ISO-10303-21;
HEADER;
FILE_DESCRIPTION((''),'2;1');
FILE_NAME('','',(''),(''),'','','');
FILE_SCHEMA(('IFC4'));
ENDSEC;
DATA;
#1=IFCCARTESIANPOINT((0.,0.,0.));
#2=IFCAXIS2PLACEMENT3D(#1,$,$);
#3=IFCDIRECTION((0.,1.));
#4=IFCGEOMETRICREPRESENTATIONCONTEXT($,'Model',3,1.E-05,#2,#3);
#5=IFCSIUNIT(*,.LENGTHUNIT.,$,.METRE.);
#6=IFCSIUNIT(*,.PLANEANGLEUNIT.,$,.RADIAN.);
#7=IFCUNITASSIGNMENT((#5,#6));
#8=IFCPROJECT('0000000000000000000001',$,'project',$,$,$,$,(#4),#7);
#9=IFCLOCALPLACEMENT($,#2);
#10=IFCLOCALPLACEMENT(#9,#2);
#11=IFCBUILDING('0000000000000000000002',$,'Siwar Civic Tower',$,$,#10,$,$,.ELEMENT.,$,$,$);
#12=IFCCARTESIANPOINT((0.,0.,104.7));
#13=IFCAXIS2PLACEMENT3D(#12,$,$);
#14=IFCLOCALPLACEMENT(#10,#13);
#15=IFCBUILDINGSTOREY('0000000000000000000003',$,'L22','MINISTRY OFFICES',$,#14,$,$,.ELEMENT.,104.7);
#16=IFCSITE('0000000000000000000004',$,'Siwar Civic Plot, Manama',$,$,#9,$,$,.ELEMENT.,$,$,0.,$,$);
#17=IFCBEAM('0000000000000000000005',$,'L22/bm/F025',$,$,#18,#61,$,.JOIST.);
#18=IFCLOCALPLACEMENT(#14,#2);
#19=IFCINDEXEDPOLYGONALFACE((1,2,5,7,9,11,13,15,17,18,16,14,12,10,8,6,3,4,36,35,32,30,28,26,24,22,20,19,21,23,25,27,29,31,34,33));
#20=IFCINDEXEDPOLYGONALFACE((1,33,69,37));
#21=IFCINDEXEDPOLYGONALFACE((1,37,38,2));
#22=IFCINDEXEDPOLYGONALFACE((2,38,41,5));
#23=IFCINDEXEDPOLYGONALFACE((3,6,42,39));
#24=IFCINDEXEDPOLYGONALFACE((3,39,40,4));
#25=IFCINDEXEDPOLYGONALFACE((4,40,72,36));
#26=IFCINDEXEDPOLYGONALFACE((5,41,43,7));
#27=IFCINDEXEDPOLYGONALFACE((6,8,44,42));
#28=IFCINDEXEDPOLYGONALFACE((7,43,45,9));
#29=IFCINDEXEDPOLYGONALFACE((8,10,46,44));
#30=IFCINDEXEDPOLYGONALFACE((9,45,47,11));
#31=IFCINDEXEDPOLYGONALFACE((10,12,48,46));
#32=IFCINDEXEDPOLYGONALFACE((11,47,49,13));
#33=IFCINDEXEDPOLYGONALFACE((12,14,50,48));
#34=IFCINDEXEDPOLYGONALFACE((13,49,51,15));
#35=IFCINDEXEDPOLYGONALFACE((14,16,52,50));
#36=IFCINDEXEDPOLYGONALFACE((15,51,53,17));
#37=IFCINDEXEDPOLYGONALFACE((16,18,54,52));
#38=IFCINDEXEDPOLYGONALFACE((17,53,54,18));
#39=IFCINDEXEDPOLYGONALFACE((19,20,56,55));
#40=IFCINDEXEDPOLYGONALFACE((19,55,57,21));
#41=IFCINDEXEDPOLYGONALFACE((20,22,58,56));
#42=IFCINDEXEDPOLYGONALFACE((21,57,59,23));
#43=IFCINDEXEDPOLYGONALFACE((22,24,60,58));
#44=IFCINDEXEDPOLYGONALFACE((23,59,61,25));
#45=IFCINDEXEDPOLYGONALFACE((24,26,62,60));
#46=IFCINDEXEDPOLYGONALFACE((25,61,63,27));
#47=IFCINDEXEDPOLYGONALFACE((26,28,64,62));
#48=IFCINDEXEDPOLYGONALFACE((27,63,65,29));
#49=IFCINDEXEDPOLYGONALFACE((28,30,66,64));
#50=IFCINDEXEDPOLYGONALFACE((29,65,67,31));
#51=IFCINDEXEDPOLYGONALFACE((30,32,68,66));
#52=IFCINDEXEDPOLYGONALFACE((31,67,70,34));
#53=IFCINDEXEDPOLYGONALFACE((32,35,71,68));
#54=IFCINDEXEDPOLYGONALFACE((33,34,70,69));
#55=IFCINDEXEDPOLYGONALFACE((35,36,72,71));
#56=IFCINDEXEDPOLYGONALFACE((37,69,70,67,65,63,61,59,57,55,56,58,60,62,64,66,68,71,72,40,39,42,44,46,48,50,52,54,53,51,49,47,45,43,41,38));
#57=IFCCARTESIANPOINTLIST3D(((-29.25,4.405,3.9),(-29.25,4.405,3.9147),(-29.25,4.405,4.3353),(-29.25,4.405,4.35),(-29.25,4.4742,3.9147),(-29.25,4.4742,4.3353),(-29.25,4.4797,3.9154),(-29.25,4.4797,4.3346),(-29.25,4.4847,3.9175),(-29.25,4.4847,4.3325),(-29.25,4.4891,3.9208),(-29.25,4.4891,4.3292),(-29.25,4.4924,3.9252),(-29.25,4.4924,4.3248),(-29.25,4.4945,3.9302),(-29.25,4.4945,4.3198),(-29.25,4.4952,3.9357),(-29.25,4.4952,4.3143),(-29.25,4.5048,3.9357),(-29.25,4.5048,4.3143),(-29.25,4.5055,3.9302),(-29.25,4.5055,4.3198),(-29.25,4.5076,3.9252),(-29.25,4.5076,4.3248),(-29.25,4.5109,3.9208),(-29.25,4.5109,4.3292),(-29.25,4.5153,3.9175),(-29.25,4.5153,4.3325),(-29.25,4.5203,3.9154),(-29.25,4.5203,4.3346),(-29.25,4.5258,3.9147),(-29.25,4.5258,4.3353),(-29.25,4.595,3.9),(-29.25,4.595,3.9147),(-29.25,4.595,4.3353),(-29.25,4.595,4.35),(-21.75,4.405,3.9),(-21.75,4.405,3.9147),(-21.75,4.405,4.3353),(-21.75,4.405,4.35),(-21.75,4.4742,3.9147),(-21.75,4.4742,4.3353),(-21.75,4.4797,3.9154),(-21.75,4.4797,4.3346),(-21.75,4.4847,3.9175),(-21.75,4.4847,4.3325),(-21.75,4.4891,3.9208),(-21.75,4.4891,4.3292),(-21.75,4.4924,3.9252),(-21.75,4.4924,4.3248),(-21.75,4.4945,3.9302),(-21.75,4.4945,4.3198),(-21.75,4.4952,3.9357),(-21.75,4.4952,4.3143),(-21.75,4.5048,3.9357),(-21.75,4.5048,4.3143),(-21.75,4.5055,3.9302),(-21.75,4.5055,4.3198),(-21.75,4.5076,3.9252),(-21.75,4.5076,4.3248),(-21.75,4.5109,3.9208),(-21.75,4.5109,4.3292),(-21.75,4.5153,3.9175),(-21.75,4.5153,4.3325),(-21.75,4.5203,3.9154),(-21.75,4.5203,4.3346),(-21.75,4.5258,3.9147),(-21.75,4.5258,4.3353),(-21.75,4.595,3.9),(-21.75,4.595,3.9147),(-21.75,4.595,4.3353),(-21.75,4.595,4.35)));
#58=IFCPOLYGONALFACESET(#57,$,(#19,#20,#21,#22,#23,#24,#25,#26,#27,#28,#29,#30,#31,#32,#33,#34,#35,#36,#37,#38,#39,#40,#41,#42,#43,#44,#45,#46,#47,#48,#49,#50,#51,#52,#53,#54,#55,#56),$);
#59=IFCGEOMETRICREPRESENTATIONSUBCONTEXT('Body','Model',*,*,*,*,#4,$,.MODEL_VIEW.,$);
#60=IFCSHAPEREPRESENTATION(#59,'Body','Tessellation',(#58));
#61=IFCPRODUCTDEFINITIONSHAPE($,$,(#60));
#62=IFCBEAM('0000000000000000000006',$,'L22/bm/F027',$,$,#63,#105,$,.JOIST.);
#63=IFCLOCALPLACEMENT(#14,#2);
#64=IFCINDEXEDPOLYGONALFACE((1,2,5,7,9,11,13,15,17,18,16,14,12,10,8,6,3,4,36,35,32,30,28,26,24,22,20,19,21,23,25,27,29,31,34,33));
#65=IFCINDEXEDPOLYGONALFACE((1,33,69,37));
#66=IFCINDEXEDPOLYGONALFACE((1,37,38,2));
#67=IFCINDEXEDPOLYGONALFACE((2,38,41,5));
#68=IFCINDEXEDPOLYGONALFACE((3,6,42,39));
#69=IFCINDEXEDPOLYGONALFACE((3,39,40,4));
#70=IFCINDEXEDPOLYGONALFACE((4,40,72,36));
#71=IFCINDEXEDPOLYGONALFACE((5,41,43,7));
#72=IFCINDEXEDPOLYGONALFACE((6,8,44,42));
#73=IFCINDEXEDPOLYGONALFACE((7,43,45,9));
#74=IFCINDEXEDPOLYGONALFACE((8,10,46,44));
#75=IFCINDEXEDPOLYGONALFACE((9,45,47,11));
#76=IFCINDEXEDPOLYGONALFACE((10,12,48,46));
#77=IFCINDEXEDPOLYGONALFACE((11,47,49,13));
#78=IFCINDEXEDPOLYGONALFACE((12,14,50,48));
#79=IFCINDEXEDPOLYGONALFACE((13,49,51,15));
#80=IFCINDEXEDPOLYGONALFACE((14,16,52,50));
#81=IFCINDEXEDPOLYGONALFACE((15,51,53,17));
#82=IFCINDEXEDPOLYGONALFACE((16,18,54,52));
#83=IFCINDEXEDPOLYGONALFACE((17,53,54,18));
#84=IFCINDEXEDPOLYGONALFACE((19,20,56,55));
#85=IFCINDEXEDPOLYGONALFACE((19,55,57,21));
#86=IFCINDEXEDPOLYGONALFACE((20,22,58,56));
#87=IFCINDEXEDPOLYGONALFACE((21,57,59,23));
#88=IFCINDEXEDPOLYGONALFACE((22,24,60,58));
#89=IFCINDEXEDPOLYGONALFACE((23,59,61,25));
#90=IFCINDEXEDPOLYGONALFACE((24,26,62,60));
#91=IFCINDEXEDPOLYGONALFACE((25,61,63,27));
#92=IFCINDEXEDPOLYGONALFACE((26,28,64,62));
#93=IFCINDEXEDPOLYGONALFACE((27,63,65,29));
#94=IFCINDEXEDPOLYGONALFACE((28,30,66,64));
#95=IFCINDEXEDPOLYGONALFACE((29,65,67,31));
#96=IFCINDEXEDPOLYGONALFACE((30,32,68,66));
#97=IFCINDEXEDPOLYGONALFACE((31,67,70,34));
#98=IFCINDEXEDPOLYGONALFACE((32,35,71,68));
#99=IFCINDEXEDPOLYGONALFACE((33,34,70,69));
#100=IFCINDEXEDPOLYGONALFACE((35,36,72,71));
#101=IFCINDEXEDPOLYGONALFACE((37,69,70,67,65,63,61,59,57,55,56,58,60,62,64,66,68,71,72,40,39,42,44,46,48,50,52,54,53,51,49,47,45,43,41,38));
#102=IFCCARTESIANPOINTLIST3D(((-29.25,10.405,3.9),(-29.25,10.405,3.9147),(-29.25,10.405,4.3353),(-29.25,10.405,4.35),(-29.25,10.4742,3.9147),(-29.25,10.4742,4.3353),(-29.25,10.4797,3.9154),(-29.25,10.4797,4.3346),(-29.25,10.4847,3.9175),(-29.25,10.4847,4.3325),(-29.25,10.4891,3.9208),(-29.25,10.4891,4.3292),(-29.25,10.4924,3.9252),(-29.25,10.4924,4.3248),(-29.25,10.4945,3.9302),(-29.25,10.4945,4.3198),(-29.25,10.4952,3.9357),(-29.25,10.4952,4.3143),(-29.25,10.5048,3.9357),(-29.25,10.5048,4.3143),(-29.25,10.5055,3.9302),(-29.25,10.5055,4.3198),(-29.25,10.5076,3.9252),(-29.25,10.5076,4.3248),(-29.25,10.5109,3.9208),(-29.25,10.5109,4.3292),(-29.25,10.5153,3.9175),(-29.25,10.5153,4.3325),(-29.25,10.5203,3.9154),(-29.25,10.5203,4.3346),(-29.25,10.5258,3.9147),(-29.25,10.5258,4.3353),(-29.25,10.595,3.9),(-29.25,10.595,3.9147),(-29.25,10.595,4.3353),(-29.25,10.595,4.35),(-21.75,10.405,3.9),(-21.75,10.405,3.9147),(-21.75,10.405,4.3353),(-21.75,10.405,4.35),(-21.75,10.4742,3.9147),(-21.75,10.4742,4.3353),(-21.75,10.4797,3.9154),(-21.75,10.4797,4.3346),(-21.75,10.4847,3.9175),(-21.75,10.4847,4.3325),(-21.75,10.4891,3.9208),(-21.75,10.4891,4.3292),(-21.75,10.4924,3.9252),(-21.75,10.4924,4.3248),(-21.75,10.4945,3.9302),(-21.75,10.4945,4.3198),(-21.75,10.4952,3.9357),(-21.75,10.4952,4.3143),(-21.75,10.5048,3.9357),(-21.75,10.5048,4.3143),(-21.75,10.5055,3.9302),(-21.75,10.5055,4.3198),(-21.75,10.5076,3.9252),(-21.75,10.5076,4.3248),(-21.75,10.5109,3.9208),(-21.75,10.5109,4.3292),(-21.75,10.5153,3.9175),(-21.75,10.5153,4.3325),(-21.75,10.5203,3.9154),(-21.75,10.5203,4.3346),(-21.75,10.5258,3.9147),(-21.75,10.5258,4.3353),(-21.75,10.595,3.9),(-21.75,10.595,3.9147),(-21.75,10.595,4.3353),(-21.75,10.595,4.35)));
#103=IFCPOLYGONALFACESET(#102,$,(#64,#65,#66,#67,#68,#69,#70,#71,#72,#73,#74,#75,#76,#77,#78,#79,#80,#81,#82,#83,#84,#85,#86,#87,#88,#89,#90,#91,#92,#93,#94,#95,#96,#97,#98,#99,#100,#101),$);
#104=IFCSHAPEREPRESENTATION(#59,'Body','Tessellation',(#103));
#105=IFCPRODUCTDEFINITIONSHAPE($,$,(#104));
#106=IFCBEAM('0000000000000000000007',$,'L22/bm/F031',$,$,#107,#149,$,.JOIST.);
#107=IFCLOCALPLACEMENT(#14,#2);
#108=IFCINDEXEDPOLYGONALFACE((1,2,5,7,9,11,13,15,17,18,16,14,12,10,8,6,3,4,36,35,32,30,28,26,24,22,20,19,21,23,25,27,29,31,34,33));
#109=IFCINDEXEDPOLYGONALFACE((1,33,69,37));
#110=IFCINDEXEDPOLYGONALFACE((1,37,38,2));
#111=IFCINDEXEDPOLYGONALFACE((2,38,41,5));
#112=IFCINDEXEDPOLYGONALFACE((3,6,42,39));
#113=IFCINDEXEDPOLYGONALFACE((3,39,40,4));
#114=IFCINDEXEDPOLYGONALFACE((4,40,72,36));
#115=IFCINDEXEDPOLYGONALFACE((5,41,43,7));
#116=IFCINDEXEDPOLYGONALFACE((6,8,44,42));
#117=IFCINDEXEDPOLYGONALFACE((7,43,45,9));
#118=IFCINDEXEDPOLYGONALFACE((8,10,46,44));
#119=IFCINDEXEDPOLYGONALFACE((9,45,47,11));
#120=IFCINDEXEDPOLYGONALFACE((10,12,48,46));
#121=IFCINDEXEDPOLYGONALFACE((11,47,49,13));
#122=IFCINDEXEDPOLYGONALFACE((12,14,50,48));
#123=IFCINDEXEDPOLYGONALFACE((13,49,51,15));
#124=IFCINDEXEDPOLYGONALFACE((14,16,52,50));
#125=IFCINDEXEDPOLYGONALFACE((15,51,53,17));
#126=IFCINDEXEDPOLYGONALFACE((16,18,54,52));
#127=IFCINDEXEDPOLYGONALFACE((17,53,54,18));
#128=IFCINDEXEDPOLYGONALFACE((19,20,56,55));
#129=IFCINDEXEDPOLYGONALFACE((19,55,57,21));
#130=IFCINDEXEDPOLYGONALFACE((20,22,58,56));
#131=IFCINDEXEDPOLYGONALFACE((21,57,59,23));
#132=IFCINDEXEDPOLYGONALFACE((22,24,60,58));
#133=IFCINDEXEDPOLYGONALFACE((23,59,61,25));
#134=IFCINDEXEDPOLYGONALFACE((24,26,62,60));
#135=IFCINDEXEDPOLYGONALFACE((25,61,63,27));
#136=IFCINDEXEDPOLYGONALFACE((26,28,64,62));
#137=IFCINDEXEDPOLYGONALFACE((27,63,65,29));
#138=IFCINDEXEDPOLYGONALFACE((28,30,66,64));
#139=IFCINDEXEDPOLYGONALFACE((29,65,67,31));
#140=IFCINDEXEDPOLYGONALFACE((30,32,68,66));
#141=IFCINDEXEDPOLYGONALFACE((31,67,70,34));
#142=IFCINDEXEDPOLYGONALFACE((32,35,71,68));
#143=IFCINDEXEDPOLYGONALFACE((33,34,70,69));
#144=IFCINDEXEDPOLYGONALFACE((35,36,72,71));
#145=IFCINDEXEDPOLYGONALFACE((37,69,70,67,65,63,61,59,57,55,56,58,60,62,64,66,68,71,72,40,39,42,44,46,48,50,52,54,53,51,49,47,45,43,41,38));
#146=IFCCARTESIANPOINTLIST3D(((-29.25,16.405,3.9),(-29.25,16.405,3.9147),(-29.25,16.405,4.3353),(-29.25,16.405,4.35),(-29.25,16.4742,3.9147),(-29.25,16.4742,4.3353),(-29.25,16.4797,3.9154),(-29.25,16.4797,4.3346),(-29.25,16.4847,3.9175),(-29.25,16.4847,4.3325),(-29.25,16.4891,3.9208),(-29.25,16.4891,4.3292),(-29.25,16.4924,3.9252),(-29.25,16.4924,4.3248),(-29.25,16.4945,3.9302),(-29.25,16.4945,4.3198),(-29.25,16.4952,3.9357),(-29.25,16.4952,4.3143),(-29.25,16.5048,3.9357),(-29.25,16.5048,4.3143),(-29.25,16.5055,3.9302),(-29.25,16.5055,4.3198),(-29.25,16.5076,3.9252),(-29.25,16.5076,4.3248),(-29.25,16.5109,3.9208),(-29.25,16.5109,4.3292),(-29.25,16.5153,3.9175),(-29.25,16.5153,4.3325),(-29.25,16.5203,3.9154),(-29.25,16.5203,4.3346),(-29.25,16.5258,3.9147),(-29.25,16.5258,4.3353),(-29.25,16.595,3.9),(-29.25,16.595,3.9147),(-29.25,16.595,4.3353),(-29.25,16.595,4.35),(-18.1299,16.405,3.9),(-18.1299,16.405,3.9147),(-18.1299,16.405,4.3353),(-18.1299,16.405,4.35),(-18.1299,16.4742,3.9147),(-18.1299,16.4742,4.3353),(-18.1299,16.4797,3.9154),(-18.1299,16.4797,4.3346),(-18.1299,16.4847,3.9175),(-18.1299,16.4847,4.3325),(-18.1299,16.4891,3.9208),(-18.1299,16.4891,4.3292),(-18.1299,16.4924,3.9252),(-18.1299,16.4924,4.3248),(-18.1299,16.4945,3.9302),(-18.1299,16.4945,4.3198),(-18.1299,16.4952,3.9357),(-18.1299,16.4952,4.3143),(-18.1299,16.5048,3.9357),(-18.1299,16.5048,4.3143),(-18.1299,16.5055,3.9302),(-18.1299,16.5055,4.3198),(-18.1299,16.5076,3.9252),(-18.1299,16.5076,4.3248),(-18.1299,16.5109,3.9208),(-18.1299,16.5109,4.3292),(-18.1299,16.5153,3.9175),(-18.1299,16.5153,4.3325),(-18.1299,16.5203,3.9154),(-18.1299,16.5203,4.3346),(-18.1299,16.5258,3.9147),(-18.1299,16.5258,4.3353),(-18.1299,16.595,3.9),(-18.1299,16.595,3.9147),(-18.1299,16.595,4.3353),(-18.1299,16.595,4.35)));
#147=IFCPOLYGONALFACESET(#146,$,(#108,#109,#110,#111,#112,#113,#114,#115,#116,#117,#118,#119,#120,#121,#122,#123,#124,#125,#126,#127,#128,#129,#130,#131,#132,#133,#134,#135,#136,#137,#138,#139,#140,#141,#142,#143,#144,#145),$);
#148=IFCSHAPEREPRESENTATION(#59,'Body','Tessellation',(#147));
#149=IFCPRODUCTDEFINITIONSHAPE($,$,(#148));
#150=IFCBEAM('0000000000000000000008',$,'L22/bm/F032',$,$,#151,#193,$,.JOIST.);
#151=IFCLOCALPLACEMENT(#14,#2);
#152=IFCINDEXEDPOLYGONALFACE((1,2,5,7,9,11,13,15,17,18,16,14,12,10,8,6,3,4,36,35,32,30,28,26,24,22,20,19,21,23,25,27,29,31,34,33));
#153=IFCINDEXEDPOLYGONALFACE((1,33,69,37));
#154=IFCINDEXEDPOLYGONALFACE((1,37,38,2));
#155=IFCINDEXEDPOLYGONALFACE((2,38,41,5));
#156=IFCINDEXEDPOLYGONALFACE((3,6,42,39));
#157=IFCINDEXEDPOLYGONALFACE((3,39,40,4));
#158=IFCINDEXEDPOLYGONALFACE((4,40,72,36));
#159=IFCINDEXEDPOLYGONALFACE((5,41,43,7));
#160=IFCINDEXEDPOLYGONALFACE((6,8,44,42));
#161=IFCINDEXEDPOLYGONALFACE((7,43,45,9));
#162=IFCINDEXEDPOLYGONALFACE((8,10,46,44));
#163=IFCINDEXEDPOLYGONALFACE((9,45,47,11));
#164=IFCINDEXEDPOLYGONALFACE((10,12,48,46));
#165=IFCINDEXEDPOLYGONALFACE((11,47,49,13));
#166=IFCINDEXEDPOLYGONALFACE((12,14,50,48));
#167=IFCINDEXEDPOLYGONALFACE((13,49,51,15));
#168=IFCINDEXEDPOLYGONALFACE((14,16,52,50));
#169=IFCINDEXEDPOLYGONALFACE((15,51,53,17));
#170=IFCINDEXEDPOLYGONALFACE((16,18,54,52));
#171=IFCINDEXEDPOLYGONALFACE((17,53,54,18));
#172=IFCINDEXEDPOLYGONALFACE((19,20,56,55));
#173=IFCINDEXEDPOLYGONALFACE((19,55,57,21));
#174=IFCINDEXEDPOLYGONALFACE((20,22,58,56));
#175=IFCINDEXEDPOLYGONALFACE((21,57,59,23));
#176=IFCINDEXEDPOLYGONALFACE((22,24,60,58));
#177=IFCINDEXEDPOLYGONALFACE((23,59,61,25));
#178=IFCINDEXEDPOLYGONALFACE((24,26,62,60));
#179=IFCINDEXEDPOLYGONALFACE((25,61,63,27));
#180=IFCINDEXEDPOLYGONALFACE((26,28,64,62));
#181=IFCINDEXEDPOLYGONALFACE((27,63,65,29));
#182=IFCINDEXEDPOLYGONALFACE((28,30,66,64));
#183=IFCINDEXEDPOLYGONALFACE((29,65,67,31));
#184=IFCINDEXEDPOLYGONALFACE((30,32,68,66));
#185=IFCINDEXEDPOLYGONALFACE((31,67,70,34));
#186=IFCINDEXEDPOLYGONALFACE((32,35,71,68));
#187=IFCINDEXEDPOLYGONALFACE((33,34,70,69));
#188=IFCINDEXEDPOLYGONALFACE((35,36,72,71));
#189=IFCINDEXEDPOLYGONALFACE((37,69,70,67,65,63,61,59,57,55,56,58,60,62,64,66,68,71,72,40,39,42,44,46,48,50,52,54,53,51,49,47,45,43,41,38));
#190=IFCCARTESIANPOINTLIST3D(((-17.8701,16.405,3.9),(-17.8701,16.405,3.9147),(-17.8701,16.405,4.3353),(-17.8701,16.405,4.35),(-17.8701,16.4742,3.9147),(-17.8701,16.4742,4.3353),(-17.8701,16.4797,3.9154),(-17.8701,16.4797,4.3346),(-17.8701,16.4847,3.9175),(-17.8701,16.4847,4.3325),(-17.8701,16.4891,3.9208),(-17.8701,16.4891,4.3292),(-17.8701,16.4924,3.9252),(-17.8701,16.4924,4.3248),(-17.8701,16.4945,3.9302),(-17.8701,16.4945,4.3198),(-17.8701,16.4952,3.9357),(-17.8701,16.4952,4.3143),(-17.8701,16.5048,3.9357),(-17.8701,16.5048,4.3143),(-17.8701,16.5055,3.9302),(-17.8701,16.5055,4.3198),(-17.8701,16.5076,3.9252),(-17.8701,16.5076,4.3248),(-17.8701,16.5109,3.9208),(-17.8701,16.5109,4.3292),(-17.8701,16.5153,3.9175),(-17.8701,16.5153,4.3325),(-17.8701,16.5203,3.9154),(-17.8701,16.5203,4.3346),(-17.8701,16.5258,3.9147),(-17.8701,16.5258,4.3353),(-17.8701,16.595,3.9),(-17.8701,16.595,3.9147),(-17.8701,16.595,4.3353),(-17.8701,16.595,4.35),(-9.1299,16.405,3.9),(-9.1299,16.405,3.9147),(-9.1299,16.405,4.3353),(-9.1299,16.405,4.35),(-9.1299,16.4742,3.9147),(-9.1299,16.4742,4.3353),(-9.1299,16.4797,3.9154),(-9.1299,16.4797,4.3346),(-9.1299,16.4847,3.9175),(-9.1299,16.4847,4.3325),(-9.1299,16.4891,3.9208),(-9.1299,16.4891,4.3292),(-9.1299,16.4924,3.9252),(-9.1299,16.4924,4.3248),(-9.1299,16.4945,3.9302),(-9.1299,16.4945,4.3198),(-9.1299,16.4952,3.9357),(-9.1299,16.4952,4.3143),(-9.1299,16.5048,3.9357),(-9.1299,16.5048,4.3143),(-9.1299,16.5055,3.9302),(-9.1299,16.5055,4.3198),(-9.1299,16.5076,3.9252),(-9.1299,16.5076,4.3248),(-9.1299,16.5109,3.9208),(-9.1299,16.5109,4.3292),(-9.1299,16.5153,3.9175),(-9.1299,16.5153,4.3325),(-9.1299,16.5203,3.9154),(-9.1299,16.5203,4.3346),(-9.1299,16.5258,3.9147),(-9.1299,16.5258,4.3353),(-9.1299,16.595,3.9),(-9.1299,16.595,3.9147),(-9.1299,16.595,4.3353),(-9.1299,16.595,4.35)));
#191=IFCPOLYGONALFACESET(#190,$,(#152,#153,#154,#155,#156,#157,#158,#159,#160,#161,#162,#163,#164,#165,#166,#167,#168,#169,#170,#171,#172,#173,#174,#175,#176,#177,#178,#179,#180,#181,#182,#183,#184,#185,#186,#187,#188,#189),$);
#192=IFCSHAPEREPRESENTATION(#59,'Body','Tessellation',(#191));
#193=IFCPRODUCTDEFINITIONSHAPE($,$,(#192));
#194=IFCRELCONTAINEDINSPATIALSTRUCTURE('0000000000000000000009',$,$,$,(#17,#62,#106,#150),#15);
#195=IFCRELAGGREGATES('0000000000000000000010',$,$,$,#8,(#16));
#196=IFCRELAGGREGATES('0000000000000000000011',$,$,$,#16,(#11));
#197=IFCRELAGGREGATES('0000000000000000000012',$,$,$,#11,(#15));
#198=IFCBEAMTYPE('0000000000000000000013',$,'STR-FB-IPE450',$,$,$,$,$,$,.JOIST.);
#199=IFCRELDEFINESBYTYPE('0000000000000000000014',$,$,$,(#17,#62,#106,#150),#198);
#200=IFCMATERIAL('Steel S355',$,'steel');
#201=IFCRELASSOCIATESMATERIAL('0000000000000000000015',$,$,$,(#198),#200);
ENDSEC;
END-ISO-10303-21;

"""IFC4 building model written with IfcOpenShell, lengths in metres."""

from ifc_helpers import new_model, si_unit, direction, frame, origin, origin_2d, place, context, subcontext, project, spatial, i_section, extrude, material, material_profile, profile_set, type_object, element, save


model = new_model("IFC4")

# Units and contexts
model_context = context("Model", 3, precision=1e-05, world=origin(), true_north=direction((0.0, 1.0)))
body_context = subcontext(model_context, "Body", "Model", "MODEL_VIEW")
ifc_project = project(units=[si_unit("LENGTHUNIT", "METRE"), si_unit("PLANEANGLEUNIT", "RADIAN")], contexts=[model_context])

# Site, building, storey
site_placement = place(None, origin())
site = spatial("IfcSite", under=ifc_project, at=site_placement, Name="Siwar Civic Plot, Manama", CompositionType="ELEMENT", RefElevation=0.0)
building_placement = place(site_placement, origin())
building = spatial("IfcBuilding", under=site, at=building_placement, Name="Siwar Civic Tower", CompositionType="ELEMENT")
storey_placement = place(building_placement, frame((0.0, 0.0, 104.7)))
storey = spatial("IfcBuildingStorey", under=building, at=storey_placement, Name="L22", Description="MINISTRY OFFICES", CompositionType="ELEMENT", Elevation=104.7)

# Beams
ifc_material_1 = material(Name="Steel S355", Category="steel")
ifc_material_profile_1 = material_profile(ifc_material_1, i_section(OverallWidth=0.1899, OverallDepth=0.45, WebThickness=0.0095, FlangeThickness=0.0146, FilletRadius=0.021, at=origin_2d()), Name="IPE450")
ifc_profile_set_1 = profile_set([ifc_material_profile_1], Name="Steel S355")
beam_type_1 = type_object("IfcBeamType", Name="STR-FB-IPE450", PredefinedType="JOIST", material=ifc_profile_set_1)
for number, where, z_axis, x_axis, name in (
    (1, (-29.25, 4.5, 4.125), (1.0, 0.0, 0.0), (0.0, 1.0, 0.0), "L22/bm/F025"),
    (2, (-29.25, 10.5, 4.125), (1.0, 0.0, 0.0), (0.0, 1.0, 0.0), "L22/bm/F027"),
):
    element("IfcBeam", number, at=place(storey_placement, frame(where, z_axis=z_axis, x_axis=x_axis)), inside=storey, type_object=beam_type_1, Name=name, PredefinedType="JOIST", context=body_context, shape_type="SweptSolid", body=[
        extrude(i_section(OverallWidth=0.1899, OverallDepth=0.45, WebThickness=0.0095, FlangeThickness=0.0146, FilletRadius=0.021, at=origin_2d()), origin(), (0.0, 0.0, 1.0), 7.5),
    ])
beam_1_placement = place(storey_placement, frame((-29.25, 16.5, 4.125), z_axis=(1.0, 0.0, 0.0), x_axis=(0.0, 1.0, 0.0)))
element("IfcBeam", 3, at=beam_1_placement, inside=storey, type_object=beam_type_1, Name="L22/bm/F031", PredefinedType="JOIST", context=body_context, shape_type="SweptSolid", body=[
    extrude(i_section(OverallWidth=0.1899, OverallDepth=0.45, WebThickness=0.0095, FlangeThickness=0.0146, FilletRadius=0.021, at=origin_2d()), origin(), (0.0, 0.0, 1.0), 11.1201),
])
beam_2_placement = place(storey_placement, frame((-17.8701, 16.5, 4.125), z_axis=(1.0, 0.0, 0.0), x_axis=(0.0, 1.0, 0.0)))
element("IfcBeam", 4, at=beam_2_placement, inside=storey, type_object=beam_type_1, Name="L22/bm/F032", PredefinedType="JOIST", context=body_context, shape_type="SweptSolid", body=[
    extrude(i_section(OverallWidth=0.1899, OverallDepth=0.45, WebThickness=0.0095, FlangeThickness=0.0146, FilletRadius=0.021, at=origin_2d()), origin(), (0.0, 0.0, 1.0), 8.7402),
])

save(model, "model.ifc")
